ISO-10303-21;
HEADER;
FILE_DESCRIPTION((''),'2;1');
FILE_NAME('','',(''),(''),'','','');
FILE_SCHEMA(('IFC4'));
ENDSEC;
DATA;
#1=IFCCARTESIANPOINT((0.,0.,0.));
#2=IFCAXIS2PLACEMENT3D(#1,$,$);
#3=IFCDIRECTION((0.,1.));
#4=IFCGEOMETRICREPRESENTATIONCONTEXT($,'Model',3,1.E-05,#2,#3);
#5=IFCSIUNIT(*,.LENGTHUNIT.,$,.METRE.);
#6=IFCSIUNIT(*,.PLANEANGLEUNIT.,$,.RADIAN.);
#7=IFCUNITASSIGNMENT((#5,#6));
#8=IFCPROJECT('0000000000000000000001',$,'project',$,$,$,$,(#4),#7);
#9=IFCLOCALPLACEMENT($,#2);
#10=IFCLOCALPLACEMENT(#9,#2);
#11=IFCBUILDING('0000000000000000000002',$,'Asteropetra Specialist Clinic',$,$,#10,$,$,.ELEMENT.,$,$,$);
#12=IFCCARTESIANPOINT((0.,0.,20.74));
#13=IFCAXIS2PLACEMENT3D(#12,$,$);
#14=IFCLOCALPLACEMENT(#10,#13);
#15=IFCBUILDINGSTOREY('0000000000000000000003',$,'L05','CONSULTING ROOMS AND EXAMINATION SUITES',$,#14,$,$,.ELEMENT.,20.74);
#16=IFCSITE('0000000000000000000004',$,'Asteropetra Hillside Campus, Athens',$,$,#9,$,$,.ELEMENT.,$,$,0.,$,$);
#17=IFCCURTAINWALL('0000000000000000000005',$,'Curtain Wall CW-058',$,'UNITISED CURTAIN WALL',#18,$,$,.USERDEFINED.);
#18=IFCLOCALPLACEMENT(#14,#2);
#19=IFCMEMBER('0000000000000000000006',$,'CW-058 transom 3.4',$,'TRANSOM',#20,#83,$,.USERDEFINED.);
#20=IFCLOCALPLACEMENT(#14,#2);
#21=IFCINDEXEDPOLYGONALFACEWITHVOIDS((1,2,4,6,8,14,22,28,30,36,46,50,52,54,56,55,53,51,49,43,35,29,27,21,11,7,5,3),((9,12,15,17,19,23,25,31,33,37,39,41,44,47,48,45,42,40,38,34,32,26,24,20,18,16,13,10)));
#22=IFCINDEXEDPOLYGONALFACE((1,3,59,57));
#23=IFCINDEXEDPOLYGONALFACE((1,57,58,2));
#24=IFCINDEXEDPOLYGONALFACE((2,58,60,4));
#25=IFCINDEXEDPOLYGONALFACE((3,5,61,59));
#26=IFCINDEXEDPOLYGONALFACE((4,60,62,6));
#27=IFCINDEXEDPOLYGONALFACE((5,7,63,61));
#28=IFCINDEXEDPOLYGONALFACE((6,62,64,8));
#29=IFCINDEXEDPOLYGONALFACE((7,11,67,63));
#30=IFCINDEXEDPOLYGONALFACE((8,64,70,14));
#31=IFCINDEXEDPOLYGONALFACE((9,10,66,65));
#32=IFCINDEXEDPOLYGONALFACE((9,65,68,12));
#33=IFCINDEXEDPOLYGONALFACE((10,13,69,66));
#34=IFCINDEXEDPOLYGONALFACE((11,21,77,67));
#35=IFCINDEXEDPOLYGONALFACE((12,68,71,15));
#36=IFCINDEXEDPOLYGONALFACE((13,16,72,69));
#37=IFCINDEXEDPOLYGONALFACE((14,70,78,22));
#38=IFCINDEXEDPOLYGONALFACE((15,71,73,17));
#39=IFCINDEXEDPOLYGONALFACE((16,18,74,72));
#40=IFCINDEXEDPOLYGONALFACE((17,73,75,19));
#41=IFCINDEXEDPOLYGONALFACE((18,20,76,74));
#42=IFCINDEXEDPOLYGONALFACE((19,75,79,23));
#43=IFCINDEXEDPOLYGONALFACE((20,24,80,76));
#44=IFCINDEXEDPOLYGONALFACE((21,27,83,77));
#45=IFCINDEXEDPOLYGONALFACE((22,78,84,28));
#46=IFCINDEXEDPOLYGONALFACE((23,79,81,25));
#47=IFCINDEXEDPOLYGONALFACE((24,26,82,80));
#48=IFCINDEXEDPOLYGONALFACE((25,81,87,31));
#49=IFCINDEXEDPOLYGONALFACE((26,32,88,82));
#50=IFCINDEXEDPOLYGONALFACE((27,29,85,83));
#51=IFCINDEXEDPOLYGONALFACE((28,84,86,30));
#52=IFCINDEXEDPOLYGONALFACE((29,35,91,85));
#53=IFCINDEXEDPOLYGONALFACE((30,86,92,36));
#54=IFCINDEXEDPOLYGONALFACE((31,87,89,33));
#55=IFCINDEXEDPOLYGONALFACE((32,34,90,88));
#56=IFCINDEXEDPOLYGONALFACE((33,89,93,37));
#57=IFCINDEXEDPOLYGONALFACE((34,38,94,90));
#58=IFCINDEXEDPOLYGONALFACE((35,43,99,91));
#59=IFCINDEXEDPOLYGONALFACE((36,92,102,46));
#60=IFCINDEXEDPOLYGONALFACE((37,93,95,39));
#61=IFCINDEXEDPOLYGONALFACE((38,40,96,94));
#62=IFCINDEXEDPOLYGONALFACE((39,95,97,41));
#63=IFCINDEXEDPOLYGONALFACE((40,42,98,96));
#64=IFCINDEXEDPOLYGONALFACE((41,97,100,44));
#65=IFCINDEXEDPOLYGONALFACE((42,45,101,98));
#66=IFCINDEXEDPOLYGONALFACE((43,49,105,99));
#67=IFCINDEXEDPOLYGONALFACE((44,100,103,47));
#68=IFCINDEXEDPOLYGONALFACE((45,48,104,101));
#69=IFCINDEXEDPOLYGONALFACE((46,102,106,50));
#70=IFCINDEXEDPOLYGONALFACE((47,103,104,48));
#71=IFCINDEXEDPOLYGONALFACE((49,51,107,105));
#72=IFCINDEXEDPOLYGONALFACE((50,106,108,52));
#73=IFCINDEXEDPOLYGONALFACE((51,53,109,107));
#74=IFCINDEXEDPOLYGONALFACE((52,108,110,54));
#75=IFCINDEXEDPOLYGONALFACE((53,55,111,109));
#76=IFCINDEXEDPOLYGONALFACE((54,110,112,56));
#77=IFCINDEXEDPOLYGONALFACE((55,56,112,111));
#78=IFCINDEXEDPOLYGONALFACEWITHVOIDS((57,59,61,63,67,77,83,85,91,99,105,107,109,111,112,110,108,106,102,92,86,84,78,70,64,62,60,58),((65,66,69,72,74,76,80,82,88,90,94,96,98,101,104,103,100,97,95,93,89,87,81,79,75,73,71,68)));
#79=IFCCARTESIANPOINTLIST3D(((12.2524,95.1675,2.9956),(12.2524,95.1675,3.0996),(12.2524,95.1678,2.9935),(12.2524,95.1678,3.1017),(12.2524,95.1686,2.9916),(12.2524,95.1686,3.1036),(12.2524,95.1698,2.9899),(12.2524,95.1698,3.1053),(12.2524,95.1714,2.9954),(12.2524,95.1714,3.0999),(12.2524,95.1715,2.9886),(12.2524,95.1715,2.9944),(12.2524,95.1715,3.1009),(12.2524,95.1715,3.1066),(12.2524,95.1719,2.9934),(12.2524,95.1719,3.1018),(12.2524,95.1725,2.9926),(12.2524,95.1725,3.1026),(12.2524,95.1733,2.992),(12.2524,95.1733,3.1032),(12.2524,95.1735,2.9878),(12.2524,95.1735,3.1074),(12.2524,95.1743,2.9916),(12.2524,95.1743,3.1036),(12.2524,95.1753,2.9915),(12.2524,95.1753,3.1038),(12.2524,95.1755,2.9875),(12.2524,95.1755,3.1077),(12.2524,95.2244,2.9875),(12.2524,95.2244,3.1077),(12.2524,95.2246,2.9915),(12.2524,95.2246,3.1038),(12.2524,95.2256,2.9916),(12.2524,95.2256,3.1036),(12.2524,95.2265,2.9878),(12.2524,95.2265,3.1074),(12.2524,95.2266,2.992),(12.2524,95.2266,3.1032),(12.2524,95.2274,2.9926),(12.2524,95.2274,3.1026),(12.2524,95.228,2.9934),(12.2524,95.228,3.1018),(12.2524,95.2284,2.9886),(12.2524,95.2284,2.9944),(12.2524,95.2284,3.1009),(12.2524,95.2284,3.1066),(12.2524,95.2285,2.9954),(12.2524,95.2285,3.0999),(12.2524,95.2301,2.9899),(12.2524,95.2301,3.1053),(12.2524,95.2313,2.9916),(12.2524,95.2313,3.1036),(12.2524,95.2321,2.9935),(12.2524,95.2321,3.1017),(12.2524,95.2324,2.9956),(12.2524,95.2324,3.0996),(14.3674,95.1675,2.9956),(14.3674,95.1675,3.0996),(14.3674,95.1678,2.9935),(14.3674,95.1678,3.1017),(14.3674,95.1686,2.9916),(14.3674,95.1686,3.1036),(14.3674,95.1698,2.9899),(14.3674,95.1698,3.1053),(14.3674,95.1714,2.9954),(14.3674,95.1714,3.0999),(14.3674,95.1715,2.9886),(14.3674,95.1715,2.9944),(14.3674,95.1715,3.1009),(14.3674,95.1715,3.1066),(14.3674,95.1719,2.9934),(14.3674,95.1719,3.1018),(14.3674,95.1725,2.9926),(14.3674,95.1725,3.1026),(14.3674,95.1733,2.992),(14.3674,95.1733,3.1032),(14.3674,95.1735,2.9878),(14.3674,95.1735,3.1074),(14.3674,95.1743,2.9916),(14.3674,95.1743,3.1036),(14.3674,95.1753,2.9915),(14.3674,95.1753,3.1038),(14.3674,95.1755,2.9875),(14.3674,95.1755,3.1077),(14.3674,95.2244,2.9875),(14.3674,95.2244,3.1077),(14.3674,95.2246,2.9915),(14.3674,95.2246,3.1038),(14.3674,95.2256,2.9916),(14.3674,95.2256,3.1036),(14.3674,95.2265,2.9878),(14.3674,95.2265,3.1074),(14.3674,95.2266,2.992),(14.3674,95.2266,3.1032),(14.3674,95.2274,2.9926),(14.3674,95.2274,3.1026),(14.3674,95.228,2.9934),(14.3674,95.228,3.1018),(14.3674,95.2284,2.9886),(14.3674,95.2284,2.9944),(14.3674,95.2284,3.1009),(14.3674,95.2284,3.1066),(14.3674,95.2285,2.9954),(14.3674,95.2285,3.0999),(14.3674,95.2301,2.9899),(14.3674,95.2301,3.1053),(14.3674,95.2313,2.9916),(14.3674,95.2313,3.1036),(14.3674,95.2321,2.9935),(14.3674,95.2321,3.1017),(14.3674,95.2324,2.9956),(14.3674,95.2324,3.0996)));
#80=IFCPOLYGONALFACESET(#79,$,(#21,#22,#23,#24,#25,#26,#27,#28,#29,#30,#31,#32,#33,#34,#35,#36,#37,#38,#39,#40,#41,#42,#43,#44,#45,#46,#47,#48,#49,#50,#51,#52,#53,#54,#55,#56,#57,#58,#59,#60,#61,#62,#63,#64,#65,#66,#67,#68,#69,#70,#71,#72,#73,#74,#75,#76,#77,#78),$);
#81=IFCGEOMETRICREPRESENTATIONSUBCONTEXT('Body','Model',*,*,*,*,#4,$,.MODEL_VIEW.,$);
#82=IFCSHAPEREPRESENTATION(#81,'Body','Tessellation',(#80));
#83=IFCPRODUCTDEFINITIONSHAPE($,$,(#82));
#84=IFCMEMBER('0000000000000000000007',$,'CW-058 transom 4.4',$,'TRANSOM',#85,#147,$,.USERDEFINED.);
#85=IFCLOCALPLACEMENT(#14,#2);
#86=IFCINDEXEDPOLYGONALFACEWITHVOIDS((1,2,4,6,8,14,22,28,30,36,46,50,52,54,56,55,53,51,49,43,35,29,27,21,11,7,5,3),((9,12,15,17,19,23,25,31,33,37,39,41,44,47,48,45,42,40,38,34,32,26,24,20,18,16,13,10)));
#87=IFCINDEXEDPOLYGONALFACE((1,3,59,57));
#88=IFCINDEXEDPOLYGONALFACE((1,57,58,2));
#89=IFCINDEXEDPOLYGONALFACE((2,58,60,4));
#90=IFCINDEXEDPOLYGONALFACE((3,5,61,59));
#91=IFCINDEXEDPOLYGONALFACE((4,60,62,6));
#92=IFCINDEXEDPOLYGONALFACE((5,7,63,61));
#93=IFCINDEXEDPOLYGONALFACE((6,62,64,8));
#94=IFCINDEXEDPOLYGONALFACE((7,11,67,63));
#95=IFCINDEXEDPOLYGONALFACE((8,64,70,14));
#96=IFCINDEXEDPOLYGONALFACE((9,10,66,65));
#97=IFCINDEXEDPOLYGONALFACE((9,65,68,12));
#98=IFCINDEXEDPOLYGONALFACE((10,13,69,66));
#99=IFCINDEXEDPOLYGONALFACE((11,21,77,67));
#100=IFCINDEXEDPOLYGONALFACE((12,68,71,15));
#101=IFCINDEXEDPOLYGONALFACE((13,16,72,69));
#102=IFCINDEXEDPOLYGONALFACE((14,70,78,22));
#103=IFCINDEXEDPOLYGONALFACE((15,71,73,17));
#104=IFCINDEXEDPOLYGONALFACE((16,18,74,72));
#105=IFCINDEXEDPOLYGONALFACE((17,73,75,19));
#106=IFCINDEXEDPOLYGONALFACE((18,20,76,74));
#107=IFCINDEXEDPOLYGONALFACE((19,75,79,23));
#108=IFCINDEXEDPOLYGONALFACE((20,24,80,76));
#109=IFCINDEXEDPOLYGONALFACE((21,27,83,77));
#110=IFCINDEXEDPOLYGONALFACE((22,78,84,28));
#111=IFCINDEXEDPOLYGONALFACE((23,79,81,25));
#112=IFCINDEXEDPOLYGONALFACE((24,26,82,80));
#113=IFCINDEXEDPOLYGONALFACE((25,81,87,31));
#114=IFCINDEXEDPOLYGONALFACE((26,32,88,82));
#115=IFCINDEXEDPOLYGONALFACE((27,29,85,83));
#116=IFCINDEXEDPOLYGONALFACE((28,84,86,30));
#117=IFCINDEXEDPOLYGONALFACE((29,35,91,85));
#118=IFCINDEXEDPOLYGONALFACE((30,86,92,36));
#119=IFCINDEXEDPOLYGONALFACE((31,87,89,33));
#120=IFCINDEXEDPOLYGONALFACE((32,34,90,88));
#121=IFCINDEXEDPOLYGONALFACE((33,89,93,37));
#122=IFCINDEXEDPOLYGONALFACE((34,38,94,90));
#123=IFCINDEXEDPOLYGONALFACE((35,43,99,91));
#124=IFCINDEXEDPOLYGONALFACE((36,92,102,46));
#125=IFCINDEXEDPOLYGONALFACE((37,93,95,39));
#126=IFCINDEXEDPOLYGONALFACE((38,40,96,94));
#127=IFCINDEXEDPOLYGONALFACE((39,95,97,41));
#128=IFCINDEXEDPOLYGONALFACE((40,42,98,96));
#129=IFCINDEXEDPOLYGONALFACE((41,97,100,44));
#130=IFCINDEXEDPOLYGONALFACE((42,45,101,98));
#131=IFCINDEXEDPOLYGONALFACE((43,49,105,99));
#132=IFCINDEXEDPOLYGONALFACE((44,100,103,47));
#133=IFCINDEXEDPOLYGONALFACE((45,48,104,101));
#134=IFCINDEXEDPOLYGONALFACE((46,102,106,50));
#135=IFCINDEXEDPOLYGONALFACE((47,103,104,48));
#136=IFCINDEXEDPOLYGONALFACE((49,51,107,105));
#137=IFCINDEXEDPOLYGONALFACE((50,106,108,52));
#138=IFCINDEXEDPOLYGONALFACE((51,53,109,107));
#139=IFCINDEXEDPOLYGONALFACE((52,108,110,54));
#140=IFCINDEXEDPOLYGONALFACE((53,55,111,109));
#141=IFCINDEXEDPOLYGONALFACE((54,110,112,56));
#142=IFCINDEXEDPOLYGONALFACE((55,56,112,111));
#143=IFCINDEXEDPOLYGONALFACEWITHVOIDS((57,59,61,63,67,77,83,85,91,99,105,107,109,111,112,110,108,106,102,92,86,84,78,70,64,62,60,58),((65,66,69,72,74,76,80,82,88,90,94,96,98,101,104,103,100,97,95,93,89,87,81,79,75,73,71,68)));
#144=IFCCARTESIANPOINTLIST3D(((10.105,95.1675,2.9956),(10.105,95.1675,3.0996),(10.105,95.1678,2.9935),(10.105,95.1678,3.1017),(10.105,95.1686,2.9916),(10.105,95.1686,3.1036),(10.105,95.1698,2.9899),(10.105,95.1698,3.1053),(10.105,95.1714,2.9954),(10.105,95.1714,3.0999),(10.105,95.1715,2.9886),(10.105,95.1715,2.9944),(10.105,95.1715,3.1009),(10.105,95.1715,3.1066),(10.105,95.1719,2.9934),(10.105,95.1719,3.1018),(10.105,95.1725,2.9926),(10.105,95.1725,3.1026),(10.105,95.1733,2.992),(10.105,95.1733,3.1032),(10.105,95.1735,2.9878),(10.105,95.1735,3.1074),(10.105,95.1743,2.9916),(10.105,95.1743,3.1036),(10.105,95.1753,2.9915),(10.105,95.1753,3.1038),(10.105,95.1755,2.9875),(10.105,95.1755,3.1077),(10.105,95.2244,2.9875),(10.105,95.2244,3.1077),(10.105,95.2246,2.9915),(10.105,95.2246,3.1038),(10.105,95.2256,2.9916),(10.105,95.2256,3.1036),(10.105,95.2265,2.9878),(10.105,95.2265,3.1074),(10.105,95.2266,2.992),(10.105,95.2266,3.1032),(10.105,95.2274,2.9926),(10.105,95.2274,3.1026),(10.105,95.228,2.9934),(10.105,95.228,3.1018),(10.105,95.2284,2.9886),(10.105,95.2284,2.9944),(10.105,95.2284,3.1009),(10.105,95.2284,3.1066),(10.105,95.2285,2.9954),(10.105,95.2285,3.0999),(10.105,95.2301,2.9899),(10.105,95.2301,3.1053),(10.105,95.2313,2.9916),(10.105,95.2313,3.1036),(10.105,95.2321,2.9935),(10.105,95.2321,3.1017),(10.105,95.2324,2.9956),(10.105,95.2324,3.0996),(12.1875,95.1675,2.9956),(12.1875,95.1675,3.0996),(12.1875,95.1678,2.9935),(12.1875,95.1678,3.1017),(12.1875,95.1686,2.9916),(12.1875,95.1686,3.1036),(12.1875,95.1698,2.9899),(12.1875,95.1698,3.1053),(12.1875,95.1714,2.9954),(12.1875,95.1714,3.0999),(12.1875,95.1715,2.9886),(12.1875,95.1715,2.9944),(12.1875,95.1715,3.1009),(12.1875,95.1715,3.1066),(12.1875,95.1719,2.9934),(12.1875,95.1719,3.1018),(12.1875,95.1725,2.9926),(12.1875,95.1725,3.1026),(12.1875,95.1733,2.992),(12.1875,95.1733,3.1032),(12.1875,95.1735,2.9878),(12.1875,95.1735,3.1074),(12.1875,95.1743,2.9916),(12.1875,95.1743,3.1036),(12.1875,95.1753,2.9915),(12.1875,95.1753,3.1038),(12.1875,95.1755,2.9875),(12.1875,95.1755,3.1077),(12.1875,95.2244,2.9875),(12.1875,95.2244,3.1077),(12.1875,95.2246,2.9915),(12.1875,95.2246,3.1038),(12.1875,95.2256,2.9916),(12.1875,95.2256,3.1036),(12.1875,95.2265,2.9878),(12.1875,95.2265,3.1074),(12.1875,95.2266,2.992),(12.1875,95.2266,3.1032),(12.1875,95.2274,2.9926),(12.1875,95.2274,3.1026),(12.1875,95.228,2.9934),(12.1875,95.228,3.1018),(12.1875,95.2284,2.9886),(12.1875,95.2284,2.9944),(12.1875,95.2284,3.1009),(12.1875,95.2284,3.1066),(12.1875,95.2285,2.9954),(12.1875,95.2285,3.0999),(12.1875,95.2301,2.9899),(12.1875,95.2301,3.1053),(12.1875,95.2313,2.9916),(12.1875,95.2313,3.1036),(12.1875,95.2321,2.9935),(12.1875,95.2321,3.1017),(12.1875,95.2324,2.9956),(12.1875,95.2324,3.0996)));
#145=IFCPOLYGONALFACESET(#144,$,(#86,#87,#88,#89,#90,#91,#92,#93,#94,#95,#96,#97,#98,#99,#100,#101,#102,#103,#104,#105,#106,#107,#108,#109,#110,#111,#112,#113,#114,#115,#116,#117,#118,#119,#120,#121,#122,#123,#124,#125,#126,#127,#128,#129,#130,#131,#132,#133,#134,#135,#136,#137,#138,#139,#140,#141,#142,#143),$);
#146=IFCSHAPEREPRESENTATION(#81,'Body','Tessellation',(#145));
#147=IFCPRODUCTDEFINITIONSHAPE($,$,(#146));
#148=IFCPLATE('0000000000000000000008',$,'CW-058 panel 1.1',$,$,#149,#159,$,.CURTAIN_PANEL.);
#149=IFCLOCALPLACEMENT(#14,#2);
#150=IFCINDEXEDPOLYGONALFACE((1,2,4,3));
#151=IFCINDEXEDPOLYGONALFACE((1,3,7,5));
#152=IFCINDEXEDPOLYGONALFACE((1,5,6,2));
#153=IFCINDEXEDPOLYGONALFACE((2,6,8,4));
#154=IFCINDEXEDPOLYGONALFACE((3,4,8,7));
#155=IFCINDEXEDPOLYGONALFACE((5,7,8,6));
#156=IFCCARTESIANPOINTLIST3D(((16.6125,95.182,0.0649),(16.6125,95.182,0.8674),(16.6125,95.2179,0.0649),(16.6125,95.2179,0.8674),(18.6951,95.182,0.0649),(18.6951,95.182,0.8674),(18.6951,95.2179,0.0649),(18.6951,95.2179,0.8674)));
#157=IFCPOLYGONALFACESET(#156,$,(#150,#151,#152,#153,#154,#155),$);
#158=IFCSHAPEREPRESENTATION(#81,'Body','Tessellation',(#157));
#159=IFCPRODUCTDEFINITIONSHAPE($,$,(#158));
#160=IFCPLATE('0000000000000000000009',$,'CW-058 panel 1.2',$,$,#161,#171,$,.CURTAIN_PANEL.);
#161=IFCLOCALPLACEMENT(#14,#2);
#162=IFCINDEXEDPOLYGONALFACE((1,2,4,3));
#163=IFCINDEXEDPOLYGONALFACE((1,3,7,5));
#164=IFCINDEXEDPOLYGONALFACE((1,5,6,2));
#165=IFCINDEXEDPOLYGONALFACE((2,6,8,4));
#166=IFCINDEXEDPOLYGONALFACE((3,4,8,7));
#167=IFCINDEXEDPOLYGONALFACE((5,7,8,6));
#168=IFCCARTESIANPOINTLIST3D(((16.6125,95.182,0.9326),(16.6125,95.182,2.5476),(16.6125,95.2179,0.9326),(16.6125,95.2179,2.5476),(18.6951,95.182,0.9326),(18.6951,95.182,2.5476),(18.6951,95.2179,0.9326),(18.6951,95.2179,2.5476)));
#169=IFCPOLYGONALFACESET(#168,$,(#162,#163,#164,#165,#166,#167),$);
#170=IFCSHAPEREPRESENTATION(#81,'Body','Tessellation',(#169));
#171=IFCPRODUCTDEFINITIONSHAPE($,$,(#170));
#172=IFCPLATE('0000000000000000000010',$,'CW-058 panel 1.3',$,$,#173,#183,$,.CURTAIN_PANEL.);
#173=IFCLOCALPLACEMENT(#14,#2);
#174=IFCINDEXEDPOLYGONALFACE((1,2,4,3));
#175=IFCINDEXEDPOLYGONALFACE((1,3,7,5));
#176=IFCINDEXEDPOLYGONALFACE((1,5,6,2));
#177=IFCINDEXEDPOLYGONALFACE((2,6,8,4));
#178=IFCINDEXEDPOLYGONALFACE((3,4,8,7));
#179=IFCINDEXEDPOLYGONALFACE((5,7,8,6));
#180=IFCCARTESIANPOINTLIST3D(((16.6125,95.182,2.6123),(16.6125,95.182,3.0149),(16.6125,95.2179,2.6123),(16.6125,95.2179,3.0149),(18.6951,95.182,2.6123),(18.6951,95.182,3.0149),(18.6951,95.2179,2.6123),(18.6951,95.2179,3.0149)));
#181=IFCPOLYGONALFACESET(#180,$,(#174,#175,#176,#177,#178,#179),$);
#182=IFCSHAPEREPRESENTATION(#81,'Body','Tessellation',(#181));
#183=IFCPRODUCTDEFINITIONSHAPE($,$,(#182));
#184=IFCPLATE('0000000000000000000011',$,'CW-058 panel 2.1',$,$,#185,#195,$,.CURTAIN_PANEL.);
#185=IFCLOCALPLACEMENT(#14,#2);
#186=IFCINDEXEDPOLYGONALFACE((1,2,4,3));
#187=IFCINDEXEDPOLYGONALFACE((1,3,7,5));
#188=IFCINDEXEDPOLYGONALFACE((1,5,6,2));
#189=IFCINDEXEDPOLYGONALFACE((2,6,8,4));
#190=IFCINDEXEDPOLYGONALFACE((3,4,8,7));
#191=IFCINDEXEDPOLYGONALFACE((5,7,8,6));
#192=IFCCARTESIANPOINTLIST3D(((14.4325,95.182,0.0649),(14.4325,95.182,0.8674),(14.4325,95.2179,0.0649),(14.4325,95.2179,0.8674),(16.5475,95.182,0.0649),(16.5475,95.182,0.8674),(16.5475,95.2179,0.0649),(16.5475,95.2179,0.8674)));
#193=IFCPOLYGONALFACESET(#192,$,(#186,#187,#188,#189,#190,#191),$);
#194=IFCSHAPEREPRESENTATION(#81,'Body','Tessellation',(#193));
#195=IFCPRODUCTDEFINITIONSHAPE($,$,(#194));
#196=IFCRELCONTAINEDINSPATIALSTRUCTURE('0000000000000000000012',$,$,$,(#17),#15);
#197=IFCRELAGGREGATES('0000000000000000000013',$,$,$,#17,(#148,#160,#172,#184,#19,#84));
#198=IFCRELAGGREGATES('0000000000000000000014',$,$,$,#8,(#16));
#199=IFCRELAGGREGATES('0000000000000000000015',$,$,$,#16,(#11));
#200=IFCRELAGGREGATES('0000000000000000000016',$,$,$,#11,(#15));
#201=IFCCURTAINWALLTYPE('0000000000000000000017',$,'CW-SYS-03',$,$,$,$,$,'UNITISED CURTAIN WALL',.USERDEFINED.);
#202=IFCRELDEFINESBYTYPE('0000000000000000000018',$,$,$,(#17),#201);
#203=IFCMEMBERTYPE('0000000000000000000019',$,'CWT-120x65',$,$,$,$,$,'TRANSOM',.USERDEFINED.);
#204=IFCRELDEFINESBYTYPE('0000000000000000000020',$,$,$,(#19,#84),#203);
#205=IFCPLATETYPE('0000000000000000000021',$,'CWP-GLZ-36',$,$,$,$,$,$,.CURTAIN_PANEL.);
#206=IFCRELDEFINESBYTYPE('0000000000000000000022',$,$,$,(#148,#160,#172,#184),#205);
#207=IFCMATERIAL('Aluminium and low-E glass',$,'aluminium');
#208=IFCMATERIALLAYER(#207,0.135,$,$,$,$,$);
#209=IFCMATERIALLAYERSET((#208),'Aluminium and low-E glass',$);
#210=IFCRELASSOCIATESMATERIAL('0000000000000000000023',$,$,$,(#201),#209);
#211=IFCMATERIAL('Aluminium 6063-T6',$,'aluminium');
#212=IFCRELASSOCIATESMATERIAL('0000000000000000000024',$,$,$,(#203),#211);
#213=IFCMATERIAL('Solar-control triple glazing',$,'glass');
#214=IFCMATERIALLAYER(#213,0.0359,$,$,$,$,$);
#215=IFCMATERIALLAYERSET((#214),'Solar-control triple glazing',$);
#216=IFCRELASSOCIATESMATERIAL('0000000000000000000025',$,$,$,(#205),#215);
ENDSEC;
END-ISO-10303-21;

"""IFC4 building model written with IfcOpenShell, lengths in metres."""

from ifc_helpers import new_model, si_unit, direction, frame, origin, origin_2d, place, context, subcontext, project, spatial, rectangle, hollow_rectangle, extrude, material, layer, layer_set, material_profile, profile_set, type_object, element, aggregate, save


model = new_model("IFC4")

# Units and contexts
model_context = context("Model", 3, precision=1e-05, world=origin(), true_north=direction((0.0, 1.0)))
body_context = subcontext(model_context, "Body", "Model", "MODEL_VIEW")
ifc_project = project(units=[si_unit("LENGTHUNIT", "METRE"), si_unit("PLANEANGLEUNIT", "RADIAN")], contexts=[model_context])

# Site, building, storey
site_placement = place(None, origin())
site = spatial("IfcSite", under=ifc_project, at=site_placement, Name="Asteropetra Hillside Campus, Athens", CompositionType="ELEMENT", RefElevation=0.0)
building_placement = place(site_placement, origin())
building = spatial("IfcBuilding", under=site, at=building_placement, Name="Asteropetra Specialist Clinic", CompositionType="ELEMENT")
storey_placement = place(building_placement, frame((0.0, 0.0, 20.74)))
storey = spatial("IfcBuildingStorey", under=building, at=storey_placement, Name="L05", Description="CONSULTING ROOMS AND EXAMINATION SUITES", CompositionType="ELEMENT", Elevation=20.74)

# Curtain wall, members, plates
ifc_material_1 = material(Name="Aluminium and low-E glass", Category="aluminium")
ifc_layer_1 = layer(ifc_material_1, 0.135)
ifc_layer_set_1 = layer_set([ifc_layer_1], Name="Aluminium and low-E glass")
curtain_wall_type = type_object("IfcCurtainWallType", Name="CW-SYS-03", ElementType="UNITISED CURTAIN WALL", PredefinedType="USERDEFINED", material=ifc_layer_set_1)
curtain_wall_placement = place(storey_placement, origin())
curtain_wall = element("IfcCurtainWall", 1, at=curtain_wall_placement, inside=storey, type_object=curtain_wall_type, Name="Curtain Wall CW-058", ObjectType="UNITISED CURTAIN WALL", PredefinedType="USERDEFINED")
ifc_material_2 = material(Name="Aluminium 6063-T6", Category="aluminium")
ifc_material_profile_1 = material_profile(ifc_material_2, hollow_rectangle(XDim=0.0649, YDim=0.1201, WallThickness=0.0039, InnerFilletRadius=0.0039, OuterFilletRadius=0.0081, at=origin_2d()), Name="TRN 120x65x4.0")
ifc_profile_set_1 = profile_set([ifc_material_profile_1], Name="Aluminium 6063-T6")
member_type_1 = type_object("IfcMemberType", Name="CWT-120x65", ElementType="TRANSOM", PredefinedType="USERDEFINED", material=ifc_profile_set_1)
member_1_placement = place(storey_placement, frame((14.3674, 95.2, 3.0476), z_axis=(-1.0, 0.0, 0.0), x_axis=(0.0, -1.0, 0.0)))
member_1 = element("IfcMember", 2, at=member_1_placement, type_object=member_type_1, Name="CW-058 transom 3.4", ObjectType="TRANSOM", PredefinedType="USERDEFINED", context=body_context, shape_type="SweptSolid", body=[
    extrude(hollow_rectangle(XDim=0.0649, YDim=0.1201, WallThickness=0.0039, InnerFilletRadius=0.0039, OuterFilletRadius=0.0081, at=origin_2d()), origin(), (0.0, 0.0, 1.0), 2.115),
])
member_2_placement = place(storey_placement, frame((12.1875, 95.2, 3.0476), z_axis=(-1.0, 0.0, 0.0), x_axis=(0.0, -1.0, 0.0)))
member_2 = element("IfcMember", 3, at=member_2_placement, type_object=member_type_1, Name="CW-058 transom 4.4", ObjectType="TRANSOM", PredefinedType="USERDEFINED", context=body_context, shape_type="SweptSolid", body=[
    extrude(hollow_rectangle(XDim=0.0649, YDim=0.1201, WallThickness=0.0039, InnerFilletRadius=0.0039, OuterFilletRadius=0.0081, at=origin_2d()), origin(), (0.0, 0.0, 1.0), 2.0825),
])
ifc_material_3 = material(Name="Solar-control triple glazing", Category="glass")
ifc_layer_2 = layer(ifc_material_3, 0.0359)
ifc_layer_set_2 = layer_set([ifc_layer_2], Name="Solar-control triple glazing")
plate_type = type_object("IfcPlateType", Name="CWP-GLZ-36", PredefinedType="CURTAIN_PANEL", material=ifc_layer_set_2)
plate_1_placement = place(storey_placement, frame((17.6538, 95.2, 0.0649), z_axis=(0.0, 0.0, 1.0), x_axis=(-1.0, 0.0, 0.0)))
plate_1 = element("IfcPlate", 4, at=plate_1_placement, type_object=plate_type, Name="CW-058 panel 1.1", PredefinedType="CURTAIN_PANEL", context=body_context, shape_type="SweptSolid", body=[
    extrude(rectangle(XDim=2.0825, YDim=0.0359, at=origin_2d()), origin(), (0.0, 0.0, 1.0), 0.8025),
])
plate_2_placement = place(storey_placement, frame((17.6538, 95.2, 0.9326), z_axis=(0.0, 0.0, 1.0), x_axis=(-1.0, 0.0, 0.0)))
plate_2 = element("IfcPlate", 5, at=plate_2_placement, type_object=plate_type, Name="CW-058 panel 1.2", PredefinedType="CURTAIN_PANEL", context=body_context, shape_type="SweptSolid", body=[
    extrude(rectangle(XDim=2.0825, YDim=0.0359, at=origin_2d()), origin(), (0.0, 0.0, 1.0), 1.615),
])
plate_3_placement = place(storey_placement, frame((17.6538, 95.2, 2.6123), z_axis=(0.0, 0.0, 1.0), x_axis=(-1.0, 0.0, 0.0)))
plate_3 = element("IfcPlate", 6, at=plate_3_placement, type_object=plate_type, Name="CW-058 panel 1.3", PredefinedType="CURTAIN_PANEL", context=body_context, shape_type="SweptSolid", body=[
    extrude(rectangle(XDim=2.0825, YDim=0.0359, at=origin_2d()), origin(), (0.0, 0.0, 1.0), 0.4026),
])
plate_4_placement = place(storey_placement, frame((15.49, 95.2, 0.0649), z_axis=(0.0, 0.0, 1.0), x_axis=(-1.0, 0.0, 0.0)))
plate_4 = element("IfcPlate", 7, at=plate_4_placement, type_object=plate_type, Name="CW-058 panel 2.1", PredefinedType="CURTAIN_PANEL", context=body_context, shape_type="SweptSolid", body=[
    extrude(rectangle(XDim=2.115, YDim=0.0359, at=origin_2d()), origin(), (0.0, 0.0, 1.0), 0.8025),
])
aggregate(curtain_wall, [plate_1, plate_2, plate_3, plate_4, member_1, member_2])

save(model, "model.ifc")
